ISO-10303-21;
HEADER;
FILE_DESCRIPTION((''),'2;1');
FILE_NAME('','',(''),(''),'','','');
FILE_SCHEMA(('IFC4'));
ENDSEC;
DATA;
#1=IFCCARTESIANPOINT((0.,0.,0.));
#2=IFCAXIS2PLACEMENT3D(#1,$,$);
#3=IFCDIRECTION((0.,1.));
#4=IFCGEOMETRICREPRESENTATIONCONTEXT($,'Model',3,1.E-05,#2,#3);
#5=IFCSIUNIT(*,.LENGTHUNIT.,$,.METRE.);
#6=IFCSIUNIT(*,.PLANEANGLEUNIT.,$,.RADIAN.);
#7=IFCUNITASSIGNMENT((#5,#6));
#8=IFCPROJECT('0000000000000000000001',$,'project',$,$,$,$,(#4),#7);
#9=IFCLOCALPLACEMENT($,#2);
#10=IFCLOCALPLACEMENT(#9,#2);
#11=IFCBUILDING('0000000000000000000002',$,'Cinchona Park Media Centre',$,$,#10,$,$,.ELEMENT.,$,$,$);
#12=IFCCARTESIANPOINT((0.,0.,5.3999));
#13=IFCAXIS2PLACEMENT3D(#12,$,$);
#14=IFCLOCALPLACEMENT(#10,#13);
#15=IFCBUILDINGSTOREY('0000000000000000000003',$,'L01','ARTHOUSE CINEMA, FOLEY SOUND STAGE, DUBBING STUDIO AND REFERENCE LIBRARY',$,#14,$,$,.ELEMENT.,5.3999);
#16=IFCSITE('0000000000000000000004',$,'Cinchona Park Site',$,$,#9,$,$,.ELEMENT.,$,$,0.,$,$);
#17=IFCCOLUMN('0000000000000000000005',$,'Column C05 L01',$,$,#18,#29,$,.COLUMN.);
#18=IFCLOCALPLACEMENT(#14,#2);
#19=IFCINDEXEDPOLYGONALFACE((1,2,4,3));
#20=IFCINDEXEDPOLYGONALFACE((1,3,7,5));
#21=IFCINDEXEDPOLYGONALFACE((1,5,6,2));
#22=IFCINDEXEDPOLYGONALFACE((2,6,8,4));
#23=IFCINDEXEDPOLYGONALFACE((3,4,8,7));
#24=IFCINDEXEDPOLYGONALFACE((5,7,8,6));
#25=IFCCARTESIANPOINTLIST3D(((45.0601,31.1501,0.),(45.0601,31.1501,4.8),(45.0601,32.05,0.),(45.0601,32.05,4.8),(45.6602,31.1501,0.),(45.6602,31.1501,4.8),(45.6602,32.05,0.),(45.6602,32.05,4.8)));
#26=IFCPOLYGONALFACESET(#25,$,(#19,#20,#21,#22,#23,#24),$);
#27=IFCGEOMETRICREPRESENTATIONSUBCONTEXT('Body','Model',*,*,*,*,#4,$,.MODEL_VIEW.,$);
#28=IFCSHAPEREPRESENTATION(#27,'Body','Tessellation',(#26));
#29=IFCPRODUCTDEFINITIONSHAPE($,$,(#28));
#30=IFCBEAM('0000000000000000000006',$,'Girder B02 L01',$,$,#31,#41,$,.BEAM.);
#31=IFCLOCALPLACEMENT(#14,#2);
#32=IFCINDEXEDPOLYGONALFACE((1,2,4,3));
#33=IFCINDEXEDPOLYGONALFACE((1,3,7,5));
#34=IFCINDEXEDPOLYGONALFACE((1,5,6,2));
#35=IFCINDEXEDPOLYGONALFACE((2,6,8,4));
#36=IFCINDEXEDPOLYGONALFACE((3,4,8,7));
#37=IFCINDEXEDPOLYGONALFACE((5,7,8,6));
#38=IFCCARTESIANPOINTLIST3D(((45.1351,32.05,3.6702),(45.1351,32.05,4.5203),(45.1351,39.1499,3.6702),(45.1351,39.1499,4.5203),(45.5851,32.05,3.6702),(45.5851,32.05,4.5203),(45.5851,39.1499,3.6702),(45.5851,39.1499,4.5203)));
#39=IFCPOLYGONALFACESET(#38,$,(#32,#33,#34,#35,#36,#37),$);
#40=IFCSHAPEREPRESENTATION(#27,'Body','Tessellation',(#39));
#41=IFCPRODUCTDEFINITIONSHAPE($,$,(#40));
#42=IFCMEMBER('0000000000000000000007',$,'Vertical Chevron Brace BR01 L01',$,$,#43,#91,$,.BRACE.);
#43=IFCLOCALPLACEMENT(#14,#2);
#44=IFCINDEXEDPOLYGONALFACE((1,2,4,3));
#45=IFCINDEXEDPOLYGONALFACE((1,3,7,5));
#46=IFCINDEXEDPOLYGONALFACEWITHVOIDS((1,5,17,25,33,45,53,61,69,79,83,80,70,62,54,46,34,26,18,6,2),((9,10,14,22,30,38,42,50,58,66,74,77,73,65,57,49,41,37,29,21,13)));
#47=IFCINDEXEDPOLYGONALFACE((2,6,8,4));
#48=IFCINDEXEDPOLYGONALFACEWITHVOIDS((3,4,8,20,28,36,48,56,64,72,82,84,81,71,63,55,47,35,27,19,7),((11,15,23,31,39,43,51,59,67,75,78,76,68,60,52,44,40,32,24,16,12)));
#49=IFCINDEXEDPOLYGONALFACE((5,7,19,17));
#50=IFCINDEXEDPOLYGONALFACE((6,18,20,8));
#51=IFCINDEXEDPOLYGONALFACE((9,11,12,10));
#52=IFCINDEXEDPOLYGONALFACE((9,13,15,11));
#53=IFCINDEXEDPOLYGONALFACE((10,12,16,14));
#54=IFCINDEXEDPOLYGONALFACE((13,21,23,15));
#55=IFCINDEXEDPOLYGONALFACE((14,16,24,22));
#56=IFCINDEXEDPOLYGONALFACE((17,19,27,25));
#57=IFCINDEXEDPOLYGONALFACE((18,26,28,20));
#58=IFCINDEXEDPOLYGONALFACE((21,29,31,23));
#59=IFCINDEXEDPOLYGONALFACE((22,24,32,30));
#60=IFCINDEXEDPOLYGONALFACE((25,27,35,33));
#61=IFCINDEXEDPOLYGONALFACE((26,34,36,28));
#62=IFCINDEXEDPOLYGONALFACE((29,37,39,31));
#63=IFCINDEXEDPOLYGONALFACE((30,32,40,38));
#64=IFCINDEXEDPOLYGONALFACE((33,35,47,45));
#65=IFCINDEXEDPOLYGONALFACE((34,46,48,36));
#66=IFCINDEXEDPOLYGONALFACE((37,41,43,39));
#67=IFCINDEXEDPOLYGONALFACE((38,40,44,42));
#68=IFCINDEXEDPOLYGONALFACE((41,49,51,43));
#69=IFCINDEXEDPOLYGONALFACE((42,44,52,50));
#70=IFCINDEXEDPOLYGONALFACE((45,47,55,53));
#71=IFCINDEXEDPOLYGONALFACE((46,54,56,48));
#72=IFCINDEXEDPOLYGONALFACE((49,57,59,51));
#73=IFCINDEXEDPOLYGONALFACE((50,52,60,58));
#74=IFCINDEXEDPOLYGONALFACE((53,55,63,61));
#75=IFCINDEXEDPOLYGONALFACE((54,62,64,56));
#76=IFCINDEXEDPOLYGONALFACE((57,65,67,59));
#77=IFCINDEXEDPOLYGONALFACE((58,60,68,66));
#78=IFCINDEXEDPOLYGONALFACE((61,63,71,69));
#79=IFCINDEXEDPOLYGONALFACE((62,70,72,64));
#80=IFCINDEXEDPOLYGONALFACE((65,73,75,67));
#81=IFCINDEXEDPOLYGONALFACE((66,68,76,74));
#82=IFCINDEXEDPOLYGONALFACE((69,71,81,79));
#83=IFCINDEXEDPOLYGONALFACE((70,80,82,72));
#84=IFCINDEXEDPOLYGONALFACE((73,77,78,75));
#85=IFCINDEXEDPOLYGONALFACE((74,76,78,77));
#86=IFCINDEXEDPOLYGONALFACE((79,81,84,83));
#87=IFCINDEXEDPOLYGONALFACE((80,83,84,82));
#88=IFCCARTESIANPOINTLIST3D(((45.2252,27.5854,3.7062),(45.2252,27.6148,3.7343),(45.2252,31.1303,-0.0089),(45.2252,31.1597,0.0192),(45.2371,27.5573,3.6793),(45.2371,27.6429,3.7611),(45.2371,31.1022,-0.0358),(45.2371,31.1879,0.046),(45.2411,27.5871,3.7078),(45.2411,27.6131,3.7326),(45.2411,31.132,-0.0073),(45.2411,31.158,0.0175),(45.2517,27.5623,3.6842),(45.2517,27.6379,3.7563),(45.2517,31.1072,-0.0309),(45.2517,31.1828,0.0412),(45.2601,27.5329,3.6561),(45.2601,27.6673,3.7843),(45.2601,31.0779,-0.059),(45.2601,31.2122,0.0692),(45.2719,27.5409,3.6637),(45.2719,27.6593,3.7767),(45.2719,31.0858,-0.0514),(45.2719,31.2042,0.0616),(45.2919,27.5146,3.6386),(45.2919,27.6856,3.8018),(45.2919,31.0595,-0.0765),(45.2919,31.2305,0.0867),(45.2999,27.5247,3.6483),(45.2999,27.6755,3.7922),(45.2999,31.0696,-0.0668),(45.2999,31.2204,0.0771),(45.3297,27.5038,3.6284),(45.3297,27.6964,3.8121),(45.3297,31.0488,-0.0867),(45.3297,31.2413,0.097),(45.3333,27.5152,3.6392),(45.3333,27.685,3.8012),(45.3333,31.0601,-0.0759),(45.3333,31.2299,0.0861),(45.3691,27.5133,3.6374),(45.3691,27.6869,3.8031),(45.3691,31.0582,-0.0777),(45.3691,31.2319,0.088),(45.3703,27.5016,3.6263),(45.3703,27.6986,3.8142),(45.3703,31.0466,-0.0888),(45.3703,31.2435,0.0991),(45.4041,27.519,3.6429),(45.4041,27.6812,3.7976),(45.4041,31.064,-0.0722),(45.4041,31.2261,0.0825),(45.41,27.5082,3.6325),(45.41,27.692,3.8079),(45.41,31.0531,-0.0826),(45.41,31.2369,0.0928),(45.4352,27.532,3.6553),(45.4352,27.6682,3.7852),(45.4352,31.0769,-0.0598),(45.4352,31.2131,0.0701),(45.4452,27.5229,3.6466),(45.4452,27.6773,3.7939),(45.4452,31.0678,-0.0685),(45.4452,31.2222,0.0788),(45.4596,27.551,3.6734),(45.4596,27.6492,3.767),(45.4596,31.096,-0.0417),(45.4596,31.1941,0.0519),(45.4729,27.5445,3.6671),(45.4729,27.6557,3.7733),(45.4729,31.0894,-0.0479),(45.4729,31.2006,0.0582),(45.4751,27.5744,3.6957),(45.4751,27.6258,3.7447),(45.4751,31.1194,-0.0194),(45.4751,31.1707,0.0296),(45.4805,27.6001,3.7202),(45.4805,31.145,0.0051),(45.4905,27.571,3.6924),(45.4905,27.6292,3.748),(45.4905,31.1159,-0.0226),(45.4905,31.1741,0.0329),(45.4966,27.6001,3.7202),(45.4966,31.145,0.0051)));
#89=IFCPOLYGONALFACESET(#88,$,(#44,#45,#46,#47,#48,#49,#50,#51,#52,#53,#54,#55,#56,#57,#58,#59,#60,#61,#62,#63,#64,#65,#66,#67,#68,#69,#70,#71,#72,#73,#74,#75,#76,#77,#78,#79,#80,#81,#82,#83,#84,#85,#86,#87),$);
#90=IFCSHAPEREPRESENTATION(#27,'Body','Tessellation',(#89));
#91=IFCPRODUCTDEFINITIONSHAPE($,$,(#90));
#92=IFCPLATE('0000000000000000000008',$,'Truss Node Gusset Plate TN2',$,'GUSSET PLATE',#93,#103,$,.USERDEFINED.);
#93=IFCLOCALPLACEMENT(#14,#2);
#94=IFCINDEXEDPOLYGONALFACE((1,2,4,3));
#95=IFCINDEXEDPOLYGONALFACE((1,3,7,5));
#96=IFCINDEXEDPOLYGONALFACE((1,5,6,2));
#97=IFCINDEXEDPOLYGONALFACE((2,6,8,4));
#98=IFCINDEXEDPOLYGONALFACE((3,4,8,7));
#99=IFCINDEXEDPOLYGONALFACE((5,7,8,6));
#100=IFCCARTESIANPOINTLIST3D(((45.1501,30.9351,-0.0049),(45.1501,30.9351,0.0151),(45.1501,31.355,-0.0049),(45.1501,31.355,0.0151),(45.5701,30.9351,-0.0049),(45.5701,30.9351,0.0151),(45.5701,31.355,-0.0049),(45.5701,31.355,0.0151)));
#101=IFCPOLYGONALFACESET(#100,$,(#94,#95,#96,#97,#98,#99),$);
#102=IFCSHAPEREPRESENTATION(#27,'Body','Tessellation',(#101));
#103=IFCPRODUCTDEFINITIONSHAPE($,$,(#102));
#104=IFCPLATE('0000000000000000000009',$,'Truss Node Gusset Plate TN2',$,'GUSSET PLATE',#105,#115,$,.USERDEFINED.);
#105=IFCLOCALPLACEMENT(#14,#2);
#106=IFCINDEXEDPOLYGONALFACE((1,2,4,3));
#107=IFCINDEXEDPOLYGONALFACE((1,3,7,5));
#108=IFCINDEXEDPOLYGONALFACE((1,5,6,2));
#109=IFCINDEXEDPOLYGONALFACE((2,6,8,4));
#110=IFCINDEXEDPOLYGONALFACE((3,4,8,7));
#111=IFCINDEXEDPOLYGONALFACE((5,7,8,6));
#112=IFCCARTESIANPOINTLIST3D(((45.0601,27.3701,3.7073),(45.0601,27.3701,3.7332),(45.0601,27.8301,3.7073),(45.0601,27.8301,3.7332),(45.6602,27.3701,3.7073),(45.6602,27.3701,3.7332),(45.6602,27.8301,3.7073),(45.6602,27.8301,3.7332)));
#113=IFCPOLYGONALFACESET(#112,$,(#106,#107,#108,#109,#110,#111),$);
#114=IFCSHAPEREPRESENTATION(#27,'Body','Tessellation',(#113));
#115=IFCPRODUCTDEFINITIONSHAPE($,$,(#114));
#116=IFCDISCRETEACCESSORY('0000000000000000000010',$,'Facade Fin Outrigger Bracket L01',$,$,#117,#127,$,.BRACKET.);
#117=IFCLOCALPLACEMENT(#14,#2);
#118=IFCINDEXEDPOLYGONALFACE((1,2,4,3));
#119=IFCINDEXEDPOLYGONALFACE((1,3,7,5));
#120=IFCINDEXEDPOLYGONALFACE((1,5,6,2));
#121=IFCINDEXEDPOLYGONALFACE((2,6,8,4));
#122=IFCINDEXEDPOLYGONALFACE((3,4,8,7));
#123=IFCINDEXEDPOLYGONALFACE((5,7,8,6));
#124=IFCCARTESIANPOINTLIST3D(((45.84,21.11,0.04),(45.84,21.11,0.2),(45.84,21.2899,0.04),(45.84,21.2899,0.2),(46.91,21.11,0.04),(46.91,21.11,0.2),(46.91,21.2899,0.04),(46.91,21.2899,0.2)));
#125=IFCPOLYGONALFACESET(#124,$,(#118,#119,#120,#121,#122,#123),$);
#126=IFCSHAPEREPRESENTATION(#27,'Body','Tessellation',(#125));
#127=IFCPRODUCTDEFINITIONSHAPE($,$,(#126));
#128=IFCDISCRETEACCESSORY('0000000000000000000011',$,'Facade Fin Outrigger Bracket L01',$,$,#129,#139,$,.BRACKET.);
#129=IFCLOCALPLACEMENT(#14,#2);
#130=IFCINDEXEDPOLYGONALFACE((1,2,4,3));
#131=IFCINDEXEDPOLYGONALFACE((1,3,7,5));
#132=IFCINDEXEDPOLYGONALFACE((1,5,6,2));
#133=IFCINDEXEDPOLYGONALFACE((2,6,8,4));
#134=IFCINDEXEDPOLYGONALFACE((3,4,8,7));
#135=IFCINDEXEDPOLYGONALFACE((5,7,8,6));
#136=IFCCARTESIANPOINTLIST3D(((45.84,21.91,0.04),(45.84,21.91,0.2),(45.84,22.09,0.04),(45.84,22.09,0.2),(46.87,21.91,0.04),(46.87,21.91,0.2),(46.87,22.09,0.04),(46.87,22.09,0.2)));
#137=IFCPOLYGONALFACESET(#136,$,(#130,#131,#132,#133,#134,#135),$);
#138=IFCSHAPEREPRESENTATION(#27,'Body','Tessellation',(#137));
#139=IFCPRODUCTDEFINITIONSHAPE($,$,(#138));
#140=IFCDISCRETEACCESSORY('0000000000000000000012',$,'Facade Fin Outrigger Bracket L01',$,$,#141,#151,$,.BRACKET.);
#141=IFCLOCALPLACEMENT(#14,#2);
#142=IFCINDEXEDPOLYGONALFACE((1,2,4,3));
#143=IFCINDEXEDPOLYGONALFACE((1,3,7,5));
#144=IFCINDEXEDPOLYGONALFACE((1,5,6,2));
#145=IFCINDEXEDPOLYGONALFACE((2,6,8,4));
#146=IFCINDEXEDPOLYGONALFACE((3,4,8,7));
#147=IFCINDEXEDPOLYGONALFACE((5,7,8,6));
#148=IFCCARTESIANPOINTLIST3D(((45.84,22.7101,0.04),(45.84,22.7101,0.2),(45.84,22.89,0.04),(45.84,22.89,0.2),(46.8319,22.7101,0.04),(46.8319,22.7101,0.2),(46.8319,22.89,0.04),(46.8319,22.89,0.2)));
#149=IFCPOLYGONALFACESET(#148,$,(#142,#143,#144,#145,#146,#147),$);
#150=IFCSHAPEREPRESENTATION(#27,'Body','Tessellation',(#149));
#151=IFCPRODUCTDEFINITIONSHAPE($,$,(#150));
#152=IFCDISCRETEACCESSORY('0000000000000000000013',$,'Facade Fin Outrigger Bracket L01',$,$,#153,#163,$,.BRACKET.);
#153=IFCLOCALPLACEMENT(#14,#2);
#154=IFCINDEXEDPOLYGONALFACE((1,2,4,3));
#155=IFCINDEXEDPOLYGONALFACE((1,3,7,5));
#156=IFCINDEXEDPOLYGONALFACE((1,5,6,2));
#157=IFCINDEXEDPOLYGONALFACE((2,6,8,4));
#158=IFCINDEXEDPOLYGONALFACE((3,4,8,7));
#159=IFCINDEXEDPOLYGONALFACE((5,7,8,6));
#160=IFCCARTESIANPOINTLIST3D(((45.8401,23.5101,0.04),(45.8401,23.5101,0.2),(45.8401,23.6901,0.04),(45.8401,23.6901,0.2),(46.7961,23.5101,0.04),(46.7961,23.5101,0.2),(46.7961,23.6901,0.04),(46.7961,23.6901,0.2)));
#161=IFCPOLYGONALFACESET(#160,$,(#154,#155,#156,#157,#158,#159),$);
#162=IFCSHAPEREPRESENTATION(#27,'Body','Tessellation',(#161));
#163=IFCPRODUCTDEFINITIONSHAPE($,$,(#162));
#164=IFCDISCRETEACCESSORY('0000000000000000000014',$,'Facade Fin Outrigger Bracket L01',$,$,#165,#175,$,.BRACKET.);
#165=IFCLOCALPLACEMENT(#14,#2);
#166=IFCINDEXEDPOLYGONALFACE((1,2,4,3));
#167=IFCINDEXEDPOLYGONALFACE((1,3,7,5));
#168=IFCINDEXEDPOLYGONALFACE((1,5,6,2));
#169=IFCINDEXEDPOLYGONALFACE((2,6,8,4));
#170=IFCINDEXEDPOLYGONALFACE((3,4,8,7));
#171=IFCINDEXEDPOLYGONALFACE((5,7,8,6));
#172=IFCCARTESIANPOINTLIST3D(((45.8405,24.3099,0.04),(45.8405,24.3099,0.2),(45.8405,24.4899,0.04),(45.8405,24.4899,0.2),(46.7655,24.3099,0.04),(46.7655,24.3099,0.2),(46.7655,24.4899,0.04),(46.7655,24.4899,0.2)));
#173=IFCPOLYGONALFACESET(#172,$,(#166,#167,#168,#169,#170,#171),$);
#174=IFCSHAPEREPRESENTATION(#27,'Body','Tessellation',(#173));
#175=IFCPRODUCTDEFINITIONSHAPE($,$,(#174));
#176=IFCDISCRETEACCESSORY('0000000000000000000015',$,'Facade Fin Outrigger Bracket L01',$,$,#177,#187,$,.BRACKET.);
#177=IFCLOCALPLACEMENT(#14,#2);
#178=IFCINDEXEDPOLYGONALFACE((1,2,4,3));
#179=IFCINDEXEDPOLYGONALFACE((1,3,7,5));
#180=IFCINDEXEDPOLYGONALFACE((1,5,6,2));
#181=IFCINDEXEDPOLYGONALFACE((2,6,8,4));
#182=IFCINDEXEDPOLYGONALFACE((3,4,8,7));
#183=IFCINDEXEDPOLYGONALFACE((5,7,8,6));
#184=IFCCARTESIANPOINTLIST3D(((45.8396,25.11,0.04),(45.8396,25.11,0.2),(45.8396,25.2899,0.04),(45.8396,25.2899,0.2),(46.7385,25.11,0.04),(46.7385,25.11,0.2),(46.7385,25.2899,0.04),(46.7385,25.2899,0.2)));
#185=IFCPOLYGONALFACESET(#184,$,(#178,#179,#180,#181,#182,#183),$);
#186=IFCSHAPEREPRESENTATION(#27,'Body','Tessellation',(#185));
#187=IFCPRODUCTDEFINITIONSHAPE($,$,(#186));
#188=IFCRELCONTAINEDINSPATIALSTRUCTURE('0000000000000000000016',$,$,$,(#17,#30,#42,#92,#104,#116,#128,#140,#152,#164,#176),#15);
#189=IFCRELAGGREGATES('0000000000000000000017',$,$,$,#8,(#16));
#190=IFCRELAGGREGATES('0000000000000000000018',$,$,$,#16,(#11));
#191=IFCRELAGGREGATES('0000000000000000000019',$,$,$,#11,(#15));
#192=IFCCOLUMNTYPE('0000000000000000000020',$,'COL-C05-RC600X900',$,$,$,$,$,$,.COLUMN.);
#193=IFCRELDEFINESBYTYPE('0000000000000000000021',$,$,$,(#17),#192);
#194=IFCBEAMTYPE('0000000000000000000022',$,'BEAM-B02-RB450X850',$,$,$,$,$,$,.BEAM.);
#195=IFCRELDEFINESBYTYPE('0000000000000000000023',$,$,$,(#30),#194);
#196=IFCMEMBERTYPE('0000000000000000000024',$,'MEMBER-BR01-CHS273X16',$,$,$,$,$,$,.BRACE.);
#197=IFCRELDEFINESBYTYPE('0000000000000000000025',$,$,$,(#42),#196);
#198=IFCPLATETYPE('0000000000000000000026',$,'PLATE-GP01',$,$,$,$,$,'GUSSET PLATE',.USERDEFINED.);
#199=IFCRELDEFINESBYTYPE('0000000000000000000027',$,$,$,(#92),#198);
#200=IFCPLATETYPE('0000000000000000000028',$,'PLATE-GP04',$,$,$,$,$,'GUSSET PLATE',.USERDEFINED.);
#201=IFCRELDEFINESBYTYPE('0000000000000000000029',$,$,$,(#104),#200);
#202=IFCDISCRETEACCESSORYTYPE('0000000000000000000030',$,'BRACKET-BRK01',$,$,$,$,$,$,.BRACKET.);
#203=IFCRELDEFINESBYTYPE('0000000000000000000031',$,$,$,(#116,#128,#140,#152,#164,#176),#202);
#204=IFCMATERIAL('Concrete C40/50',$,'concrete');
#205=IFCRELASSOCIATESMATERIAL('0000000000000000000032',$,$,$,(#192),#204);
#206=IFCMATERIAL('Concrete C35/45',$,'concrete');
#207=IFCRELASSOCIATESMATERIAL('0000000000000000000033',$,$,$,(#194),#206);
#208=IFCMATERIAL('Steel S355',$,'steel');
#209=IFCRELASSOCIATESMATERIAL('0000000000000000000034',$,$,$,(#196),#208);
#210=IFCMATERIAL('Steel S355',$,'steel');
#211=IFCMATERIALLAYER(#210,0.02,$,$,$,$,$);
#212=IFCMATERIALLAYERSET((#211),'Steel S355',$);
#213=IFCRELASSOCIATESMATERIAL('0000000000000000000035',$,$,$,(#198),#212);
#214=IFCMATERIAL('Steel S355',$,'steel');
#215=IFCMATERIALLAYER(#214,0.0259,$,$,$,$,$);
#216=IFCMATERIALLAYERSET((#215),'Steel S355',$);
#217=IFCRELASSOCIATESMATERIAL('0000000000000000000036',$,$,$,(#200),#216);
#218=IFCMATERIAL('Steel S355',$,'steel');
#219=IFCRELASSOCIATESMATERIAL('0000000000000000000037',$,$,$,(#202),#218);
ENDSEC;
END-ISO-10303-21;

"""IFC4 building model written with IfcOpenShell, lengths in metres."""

from ifc_helpers import new_model, si_unit, direction, frame, origin, origin_2d, place, context, subcontext, project, spatial, rectangle, hollow_circle, extrude, material, layer, layer_set, material_profile, profile_set, type_object, element, save


model = new_model("IFC4")

# Units and contexts
model_context = context("Model", 3, precision=1e-05, world=origin(), true_north=direction((0.0, 1.0)))
body_context = subcontext(model_context, "Body", "Model", "MODEL_VIEW")
ifc_project = project(units=[si_unit("LENGTHUNIT", "METRE"), si_unit("PLANEANGLEUNIT", "RADIAN")], contexts=[model_context])

# Site, building, storey
site_placement = place(None, origin())
site = spatial("IfcSite", under=ifc_project, at=site_placement, Name="Cinchona Park Site", CompositionType="ELEMENT", RefElevation=0.0)
building_placement = place(site_placement, origin())
building = spatial("IfcBuilding", under=site, at=building_placement, Name="Cinchona Park Media Centre", CompositionType="ELEMENT")
storey_placement = place(building_placement, frame((0.0, 0.0, 5.3999)))
storey = spatial("IfcBuildingStorey", under=building, at=storey_placement, Name="L01", Description="ARTHOUSE CINEMA, FOLEY SOUND STAGE, DUBBING STUDIO AND REFERENCE LIBRARY", CompositionType="ELEMENT", Elevation=5.3999)

# Column
ifc_material_1 = material(Name="Concrete C40/50", Category="concrete")
ifc_material_profile_1 = material_profile(ifc_material_1, rectangle(XDim=0.6001, YDim=0.8999, at=origin_2d()), Name="RC 600X900")
ifc_profile_set_1 = profile_set([ifc_material_profile_1], Name="Concrete C40/50")
column_type = type_object("IfcColumnType", Name="COL-C05-RC600X900", PredefinedType="COLUMN", material=ifc_profile_set_1)
column_placement = place(storey_placement, frame((45.3601, 31.6001, 0.0), z_axis=(0.0, 0.0, 1.0), x_axis=(1.0, 0.0, 0.0)))
element("IfcColumn", 1, at=column_placement, inside=storey, type_object=column_type, Name="Column C05 L01", PredefinedType="COLUMN", context=body_context, shape_type="SweptSolid", body=[
    extrude(rectangle(XDim=0.6001, YDim=0.8999, at=origin_2d()), origin(), (0.0, 0.0, 1.0), 4.8),
])

# Beam
ifc_material_2 = material(Name="Concrete C35/45", Category="concrete")
ifc_material_profile_2 = material_profile(ifc_material_2, rectangle(XDim=0.45, YDim=0.8501, at=origin_2d()), Name="RB 450X850")
ifc_profile_set_2 = profile_set([ifc_material_profile_2], Name="Concrete C35/45")
beam_type = type_object("IfcBeamType", Name="BEAM-B02-RB450X850", PredefinedType="BEAM", material=ifc_profile_set_2)
beam_placement = place(storey_placement, frame((45.3601, 32.05, 4.0952), z_axis=(0.0, 1.0, 0.0), x_axis=(-1.0, 0.0, 0.0)))
element("IfcBeam", 2, at=beam_placement, inside=storey, type_object=beam_type, Name="Girder B02 L01", PredefinedType="BEAM", context=body_context, shape_type="SweptSolid", body=[
    extrude(rectangle(XDim=0.45, YDim=0.8501, at=origin_2d()), origin(), (0.0, 0.0, 1.0), 7.0999),
])

# Member
ifc_material_3 = material(Name="Steel S355", Category="steel")
ifc_material_profile_3 = material_profile(ifc_material_3, hollow_circle(Radius=0.1365, WallThickness=0.0161, at=origin_2d()), Name="273X16CHS")
ifc_profile_set_3 = profile_set([ifc_material_profile_3], Name="Steel S355")
member_type = type_object("IfcMemberType", Name="MEMBER-BR01-CHS273X16", PredefinedType="BRACE", material=ifc_profile_set_3)
member_placement = place(storey_placement, frame((45.3601, 31.145, 0.0051), z_axis=(0.0, -0.690343, 0.723482), x_axis=(1.0, 0.0, 0.0)))
element("IfcMember", 3, at=member_placement, inside=storey, type_object=member_type, Name="Vertical Chevron Brace BR01 L01", PredefinedType="BRACE", context=body_context, shape_type="SweptSolid", body=[
    extrude(hollow_circle(Radius=0.1365, WallThickness=0.0161, at=origin_2d()), origin(), (0.0, 0.0, 1.0), 5.135),
])

# Plates
ifc_material_4 = material(Name="Steel S355", Category="steel")
ifc_layer_1 = layer(ifc_material_4, 0.02)
ifc_layer_set_1 = layer_set([ifc_layer_1], Name="Steel S355")
plate_type_1 = type_object("IfcPlateType", Name="PLATE-GP01", ElementType="GUSSET PLATE", PredefinedType="USERDEFINED", material=ifc_layer_set_1)
plate_1_placement = place(storey_placement, frame((45.3601, 31.145, -0.0049), z_axis=(0.0, 0.0, 1.0), x_axis=(1.0, 0.0, 0.0)))
element("IfcPlate", 4, at=plate_1_placement, inside=storey, type_object=plate_type_1, Name="Truss Node Gusset Plate TN2", ObjectType="GUSSET PLATE", PredefinedType="USERDEFINED", context=body_context, shape_type="SweptSolid", body=[
    extrude(rectangle(XDim=0.4199, YDim=0.4199, at=origin_2d()), origin(), (0.0, 0.0, 1.0), 0.02),
])
ifc_material_5 = material(Name="Steel S355", Category="steel")
ifc_layer_2 = layer(ifc_material_5, 0.0259)
ifc_layer_set_2 = layer_set([ifc_layer_2], Name="Steel S355")
plate_type_2 = type_object("IfcPlateType", Name="PLATE-GP04", ElementType="GUSSET PLATE", PredefinedType="USERDEFINED", material=ifc_layer_set_2)
plate_2_placement = place(storey_placement, frame((45.3601, 27.6001, 3.7073), z_axis=(0.0, 0.0, 1.0), x_axis=(1.0, 0.0, 0.0)))
element("IfcPlate", 5, at=plate_2_placement, inside=storey, type_object=plate_type_2, Name="Truss Node Gusset Plate TN2", ObjectType="GUSSET PLATE", PredefinedType="USERDEFINED", context=body_context, shape_type="SweptSolid", body=[
    extrude(rectangle(XDim=0.6001, YDim=0.46, at=origin_2d()), origin(), (0.0, 0.0, 1.0), 0.0259),
])

# Discrete accessories
ifc_material_6 = material(Name="Steel S355", Category="steel")
discrete_accessory_type = type_object("IfcDiscreteAccessoryType", Name="BRACKET-BRK01", PredefinedType="BRACKET", material=ifc_material_6)
discrete_accessory_1_placement = place(storey_placement, frame((46.375, 21.2, 0.04), z_axis=(0.0, 0.0, 1.0), x_axis=(0.0, 1.0, 0.0)))
element("IfcDiscreteAccessory", 6, at=discrete_accessory_1_placement, inside=storey, type_object=discrete_accessory_type, Name="Facade Fin Outrigger Bracket L01", PredefinedType="BRACKET", context=body_context, shape_type="SweptSolid", body=[
    extrude(rectangle(XDim=0.1799, YDim=1.0701, at=origin_2d()), origin(), (0.0, 0.0, 1.0), 0.1599),
])
discrete_accessory_2_placement = place(storey_placement, frame((46.355, 22.0, 0.04), z_axis=(0.0, 0.0, 1.0), x_axis=(0.0, 1.0, 0.0)))
element("IfcDiscreteAccessory", 7, at=discrete_accessory_2_placement, inside=storey, type_object=discrete_accessory_type, Name="Facade Fin Outrigger Bracket L01", PredefinedType="BRACKET", context=body_context, shape_type="SweptSolid", body=[
    extrude(rectangle(XDim=0.1799, YDim=1.03, at=origin_2d()), origin(), (0.0, 0.0, 1.0), 0.1599),
])
discrete_accessory_3_placement = place(storey_placement, frame((46.3359, 22.8, 0.04), z_axis=(0.0, 0.0, 1.0), x_axis=(0.0, 1.0, 0.0)))
element("IfcDiscreteAccessory", 8, at=discrete_accessory_3_placement, inside=storey, type_object=discrete_accessory_type, Name="Facade Fin Outrigger Bracket L01", PredefinedType="BRACKET", context=body_context, shape_type="SweptSolid", body=[
    extrude(rectangle(XDim=0.1799, YDim=0.9919, at=origin_2d()), origin(), (0.0, 0.0, 1.0), 0.1599),
])
discrete_accessory_4_placement = place(storey_placement, frame((46.3181, 23.6001, 0.04), z_axis=(0.0, 0.0, 1.0), x_axis=(0.0, 1.0, 0.0)))
element("IfcDiscreteAccessory", 9, at=discrete_accessory_4_placement, inside=storey, type_object=discrete_accessory_type, Name="Facade Fin Outrigger Bracket L01", PredefinedType="BRACKET", context=body_context, shape_type="SweptSolid", body=[
    extrude(rectangle(XDim=0.1799, YDim=0.9561, at=origin_2d()), origin(), (0.0, 0.0, 1.0), 0.1599),
])
discrete_accessory_5_placement = place(storey_placement, frame((46.303, 24.3999, 0.04), z_axis=(0.0, 0.0, 1.0), x_axis=(0.0, 1.0, 0.0)))
element("IfcDiscreteAccessory", 10, at=discrete_accessory_5_placement, inside=storey, type_object=discrete_accessory_type, Name="Facade Fin Outrigger Bracket L01", PredefinedType="BRACKET", context=body_context, shape_type="SweptSolid", body=[
    extrude(rectangle(XDim=0.1799, YDim=0.925, at=origin_2d()), origin(), (0.0, 0.0, 1.0), 0.1599),
])
discrete_accessory_6_placement = place(storey_placement, frame((46.2891, 25.2, 0.04), z_axis=(0.0, 0.0, 1.0), x_axis=(0.0, 1.0, 0.0)))
element("IfcDiscreteAccessory", 11, at=discrete_accessory_6_placement, inside=storey, type_object=discrete_accessory_type, Name="Facade Fin Outrigger Bracket L01", PredefinedType="BRACKET", context=body_context, shape_type="SweptSolid", body=[
    extrude(rectangle(XDim=0.1799, YDim=0.8989, at=origin_2d()), origin(), (0.0, 0.0, 1.0), 0.1599),
])

save(model, "model.ifc")
